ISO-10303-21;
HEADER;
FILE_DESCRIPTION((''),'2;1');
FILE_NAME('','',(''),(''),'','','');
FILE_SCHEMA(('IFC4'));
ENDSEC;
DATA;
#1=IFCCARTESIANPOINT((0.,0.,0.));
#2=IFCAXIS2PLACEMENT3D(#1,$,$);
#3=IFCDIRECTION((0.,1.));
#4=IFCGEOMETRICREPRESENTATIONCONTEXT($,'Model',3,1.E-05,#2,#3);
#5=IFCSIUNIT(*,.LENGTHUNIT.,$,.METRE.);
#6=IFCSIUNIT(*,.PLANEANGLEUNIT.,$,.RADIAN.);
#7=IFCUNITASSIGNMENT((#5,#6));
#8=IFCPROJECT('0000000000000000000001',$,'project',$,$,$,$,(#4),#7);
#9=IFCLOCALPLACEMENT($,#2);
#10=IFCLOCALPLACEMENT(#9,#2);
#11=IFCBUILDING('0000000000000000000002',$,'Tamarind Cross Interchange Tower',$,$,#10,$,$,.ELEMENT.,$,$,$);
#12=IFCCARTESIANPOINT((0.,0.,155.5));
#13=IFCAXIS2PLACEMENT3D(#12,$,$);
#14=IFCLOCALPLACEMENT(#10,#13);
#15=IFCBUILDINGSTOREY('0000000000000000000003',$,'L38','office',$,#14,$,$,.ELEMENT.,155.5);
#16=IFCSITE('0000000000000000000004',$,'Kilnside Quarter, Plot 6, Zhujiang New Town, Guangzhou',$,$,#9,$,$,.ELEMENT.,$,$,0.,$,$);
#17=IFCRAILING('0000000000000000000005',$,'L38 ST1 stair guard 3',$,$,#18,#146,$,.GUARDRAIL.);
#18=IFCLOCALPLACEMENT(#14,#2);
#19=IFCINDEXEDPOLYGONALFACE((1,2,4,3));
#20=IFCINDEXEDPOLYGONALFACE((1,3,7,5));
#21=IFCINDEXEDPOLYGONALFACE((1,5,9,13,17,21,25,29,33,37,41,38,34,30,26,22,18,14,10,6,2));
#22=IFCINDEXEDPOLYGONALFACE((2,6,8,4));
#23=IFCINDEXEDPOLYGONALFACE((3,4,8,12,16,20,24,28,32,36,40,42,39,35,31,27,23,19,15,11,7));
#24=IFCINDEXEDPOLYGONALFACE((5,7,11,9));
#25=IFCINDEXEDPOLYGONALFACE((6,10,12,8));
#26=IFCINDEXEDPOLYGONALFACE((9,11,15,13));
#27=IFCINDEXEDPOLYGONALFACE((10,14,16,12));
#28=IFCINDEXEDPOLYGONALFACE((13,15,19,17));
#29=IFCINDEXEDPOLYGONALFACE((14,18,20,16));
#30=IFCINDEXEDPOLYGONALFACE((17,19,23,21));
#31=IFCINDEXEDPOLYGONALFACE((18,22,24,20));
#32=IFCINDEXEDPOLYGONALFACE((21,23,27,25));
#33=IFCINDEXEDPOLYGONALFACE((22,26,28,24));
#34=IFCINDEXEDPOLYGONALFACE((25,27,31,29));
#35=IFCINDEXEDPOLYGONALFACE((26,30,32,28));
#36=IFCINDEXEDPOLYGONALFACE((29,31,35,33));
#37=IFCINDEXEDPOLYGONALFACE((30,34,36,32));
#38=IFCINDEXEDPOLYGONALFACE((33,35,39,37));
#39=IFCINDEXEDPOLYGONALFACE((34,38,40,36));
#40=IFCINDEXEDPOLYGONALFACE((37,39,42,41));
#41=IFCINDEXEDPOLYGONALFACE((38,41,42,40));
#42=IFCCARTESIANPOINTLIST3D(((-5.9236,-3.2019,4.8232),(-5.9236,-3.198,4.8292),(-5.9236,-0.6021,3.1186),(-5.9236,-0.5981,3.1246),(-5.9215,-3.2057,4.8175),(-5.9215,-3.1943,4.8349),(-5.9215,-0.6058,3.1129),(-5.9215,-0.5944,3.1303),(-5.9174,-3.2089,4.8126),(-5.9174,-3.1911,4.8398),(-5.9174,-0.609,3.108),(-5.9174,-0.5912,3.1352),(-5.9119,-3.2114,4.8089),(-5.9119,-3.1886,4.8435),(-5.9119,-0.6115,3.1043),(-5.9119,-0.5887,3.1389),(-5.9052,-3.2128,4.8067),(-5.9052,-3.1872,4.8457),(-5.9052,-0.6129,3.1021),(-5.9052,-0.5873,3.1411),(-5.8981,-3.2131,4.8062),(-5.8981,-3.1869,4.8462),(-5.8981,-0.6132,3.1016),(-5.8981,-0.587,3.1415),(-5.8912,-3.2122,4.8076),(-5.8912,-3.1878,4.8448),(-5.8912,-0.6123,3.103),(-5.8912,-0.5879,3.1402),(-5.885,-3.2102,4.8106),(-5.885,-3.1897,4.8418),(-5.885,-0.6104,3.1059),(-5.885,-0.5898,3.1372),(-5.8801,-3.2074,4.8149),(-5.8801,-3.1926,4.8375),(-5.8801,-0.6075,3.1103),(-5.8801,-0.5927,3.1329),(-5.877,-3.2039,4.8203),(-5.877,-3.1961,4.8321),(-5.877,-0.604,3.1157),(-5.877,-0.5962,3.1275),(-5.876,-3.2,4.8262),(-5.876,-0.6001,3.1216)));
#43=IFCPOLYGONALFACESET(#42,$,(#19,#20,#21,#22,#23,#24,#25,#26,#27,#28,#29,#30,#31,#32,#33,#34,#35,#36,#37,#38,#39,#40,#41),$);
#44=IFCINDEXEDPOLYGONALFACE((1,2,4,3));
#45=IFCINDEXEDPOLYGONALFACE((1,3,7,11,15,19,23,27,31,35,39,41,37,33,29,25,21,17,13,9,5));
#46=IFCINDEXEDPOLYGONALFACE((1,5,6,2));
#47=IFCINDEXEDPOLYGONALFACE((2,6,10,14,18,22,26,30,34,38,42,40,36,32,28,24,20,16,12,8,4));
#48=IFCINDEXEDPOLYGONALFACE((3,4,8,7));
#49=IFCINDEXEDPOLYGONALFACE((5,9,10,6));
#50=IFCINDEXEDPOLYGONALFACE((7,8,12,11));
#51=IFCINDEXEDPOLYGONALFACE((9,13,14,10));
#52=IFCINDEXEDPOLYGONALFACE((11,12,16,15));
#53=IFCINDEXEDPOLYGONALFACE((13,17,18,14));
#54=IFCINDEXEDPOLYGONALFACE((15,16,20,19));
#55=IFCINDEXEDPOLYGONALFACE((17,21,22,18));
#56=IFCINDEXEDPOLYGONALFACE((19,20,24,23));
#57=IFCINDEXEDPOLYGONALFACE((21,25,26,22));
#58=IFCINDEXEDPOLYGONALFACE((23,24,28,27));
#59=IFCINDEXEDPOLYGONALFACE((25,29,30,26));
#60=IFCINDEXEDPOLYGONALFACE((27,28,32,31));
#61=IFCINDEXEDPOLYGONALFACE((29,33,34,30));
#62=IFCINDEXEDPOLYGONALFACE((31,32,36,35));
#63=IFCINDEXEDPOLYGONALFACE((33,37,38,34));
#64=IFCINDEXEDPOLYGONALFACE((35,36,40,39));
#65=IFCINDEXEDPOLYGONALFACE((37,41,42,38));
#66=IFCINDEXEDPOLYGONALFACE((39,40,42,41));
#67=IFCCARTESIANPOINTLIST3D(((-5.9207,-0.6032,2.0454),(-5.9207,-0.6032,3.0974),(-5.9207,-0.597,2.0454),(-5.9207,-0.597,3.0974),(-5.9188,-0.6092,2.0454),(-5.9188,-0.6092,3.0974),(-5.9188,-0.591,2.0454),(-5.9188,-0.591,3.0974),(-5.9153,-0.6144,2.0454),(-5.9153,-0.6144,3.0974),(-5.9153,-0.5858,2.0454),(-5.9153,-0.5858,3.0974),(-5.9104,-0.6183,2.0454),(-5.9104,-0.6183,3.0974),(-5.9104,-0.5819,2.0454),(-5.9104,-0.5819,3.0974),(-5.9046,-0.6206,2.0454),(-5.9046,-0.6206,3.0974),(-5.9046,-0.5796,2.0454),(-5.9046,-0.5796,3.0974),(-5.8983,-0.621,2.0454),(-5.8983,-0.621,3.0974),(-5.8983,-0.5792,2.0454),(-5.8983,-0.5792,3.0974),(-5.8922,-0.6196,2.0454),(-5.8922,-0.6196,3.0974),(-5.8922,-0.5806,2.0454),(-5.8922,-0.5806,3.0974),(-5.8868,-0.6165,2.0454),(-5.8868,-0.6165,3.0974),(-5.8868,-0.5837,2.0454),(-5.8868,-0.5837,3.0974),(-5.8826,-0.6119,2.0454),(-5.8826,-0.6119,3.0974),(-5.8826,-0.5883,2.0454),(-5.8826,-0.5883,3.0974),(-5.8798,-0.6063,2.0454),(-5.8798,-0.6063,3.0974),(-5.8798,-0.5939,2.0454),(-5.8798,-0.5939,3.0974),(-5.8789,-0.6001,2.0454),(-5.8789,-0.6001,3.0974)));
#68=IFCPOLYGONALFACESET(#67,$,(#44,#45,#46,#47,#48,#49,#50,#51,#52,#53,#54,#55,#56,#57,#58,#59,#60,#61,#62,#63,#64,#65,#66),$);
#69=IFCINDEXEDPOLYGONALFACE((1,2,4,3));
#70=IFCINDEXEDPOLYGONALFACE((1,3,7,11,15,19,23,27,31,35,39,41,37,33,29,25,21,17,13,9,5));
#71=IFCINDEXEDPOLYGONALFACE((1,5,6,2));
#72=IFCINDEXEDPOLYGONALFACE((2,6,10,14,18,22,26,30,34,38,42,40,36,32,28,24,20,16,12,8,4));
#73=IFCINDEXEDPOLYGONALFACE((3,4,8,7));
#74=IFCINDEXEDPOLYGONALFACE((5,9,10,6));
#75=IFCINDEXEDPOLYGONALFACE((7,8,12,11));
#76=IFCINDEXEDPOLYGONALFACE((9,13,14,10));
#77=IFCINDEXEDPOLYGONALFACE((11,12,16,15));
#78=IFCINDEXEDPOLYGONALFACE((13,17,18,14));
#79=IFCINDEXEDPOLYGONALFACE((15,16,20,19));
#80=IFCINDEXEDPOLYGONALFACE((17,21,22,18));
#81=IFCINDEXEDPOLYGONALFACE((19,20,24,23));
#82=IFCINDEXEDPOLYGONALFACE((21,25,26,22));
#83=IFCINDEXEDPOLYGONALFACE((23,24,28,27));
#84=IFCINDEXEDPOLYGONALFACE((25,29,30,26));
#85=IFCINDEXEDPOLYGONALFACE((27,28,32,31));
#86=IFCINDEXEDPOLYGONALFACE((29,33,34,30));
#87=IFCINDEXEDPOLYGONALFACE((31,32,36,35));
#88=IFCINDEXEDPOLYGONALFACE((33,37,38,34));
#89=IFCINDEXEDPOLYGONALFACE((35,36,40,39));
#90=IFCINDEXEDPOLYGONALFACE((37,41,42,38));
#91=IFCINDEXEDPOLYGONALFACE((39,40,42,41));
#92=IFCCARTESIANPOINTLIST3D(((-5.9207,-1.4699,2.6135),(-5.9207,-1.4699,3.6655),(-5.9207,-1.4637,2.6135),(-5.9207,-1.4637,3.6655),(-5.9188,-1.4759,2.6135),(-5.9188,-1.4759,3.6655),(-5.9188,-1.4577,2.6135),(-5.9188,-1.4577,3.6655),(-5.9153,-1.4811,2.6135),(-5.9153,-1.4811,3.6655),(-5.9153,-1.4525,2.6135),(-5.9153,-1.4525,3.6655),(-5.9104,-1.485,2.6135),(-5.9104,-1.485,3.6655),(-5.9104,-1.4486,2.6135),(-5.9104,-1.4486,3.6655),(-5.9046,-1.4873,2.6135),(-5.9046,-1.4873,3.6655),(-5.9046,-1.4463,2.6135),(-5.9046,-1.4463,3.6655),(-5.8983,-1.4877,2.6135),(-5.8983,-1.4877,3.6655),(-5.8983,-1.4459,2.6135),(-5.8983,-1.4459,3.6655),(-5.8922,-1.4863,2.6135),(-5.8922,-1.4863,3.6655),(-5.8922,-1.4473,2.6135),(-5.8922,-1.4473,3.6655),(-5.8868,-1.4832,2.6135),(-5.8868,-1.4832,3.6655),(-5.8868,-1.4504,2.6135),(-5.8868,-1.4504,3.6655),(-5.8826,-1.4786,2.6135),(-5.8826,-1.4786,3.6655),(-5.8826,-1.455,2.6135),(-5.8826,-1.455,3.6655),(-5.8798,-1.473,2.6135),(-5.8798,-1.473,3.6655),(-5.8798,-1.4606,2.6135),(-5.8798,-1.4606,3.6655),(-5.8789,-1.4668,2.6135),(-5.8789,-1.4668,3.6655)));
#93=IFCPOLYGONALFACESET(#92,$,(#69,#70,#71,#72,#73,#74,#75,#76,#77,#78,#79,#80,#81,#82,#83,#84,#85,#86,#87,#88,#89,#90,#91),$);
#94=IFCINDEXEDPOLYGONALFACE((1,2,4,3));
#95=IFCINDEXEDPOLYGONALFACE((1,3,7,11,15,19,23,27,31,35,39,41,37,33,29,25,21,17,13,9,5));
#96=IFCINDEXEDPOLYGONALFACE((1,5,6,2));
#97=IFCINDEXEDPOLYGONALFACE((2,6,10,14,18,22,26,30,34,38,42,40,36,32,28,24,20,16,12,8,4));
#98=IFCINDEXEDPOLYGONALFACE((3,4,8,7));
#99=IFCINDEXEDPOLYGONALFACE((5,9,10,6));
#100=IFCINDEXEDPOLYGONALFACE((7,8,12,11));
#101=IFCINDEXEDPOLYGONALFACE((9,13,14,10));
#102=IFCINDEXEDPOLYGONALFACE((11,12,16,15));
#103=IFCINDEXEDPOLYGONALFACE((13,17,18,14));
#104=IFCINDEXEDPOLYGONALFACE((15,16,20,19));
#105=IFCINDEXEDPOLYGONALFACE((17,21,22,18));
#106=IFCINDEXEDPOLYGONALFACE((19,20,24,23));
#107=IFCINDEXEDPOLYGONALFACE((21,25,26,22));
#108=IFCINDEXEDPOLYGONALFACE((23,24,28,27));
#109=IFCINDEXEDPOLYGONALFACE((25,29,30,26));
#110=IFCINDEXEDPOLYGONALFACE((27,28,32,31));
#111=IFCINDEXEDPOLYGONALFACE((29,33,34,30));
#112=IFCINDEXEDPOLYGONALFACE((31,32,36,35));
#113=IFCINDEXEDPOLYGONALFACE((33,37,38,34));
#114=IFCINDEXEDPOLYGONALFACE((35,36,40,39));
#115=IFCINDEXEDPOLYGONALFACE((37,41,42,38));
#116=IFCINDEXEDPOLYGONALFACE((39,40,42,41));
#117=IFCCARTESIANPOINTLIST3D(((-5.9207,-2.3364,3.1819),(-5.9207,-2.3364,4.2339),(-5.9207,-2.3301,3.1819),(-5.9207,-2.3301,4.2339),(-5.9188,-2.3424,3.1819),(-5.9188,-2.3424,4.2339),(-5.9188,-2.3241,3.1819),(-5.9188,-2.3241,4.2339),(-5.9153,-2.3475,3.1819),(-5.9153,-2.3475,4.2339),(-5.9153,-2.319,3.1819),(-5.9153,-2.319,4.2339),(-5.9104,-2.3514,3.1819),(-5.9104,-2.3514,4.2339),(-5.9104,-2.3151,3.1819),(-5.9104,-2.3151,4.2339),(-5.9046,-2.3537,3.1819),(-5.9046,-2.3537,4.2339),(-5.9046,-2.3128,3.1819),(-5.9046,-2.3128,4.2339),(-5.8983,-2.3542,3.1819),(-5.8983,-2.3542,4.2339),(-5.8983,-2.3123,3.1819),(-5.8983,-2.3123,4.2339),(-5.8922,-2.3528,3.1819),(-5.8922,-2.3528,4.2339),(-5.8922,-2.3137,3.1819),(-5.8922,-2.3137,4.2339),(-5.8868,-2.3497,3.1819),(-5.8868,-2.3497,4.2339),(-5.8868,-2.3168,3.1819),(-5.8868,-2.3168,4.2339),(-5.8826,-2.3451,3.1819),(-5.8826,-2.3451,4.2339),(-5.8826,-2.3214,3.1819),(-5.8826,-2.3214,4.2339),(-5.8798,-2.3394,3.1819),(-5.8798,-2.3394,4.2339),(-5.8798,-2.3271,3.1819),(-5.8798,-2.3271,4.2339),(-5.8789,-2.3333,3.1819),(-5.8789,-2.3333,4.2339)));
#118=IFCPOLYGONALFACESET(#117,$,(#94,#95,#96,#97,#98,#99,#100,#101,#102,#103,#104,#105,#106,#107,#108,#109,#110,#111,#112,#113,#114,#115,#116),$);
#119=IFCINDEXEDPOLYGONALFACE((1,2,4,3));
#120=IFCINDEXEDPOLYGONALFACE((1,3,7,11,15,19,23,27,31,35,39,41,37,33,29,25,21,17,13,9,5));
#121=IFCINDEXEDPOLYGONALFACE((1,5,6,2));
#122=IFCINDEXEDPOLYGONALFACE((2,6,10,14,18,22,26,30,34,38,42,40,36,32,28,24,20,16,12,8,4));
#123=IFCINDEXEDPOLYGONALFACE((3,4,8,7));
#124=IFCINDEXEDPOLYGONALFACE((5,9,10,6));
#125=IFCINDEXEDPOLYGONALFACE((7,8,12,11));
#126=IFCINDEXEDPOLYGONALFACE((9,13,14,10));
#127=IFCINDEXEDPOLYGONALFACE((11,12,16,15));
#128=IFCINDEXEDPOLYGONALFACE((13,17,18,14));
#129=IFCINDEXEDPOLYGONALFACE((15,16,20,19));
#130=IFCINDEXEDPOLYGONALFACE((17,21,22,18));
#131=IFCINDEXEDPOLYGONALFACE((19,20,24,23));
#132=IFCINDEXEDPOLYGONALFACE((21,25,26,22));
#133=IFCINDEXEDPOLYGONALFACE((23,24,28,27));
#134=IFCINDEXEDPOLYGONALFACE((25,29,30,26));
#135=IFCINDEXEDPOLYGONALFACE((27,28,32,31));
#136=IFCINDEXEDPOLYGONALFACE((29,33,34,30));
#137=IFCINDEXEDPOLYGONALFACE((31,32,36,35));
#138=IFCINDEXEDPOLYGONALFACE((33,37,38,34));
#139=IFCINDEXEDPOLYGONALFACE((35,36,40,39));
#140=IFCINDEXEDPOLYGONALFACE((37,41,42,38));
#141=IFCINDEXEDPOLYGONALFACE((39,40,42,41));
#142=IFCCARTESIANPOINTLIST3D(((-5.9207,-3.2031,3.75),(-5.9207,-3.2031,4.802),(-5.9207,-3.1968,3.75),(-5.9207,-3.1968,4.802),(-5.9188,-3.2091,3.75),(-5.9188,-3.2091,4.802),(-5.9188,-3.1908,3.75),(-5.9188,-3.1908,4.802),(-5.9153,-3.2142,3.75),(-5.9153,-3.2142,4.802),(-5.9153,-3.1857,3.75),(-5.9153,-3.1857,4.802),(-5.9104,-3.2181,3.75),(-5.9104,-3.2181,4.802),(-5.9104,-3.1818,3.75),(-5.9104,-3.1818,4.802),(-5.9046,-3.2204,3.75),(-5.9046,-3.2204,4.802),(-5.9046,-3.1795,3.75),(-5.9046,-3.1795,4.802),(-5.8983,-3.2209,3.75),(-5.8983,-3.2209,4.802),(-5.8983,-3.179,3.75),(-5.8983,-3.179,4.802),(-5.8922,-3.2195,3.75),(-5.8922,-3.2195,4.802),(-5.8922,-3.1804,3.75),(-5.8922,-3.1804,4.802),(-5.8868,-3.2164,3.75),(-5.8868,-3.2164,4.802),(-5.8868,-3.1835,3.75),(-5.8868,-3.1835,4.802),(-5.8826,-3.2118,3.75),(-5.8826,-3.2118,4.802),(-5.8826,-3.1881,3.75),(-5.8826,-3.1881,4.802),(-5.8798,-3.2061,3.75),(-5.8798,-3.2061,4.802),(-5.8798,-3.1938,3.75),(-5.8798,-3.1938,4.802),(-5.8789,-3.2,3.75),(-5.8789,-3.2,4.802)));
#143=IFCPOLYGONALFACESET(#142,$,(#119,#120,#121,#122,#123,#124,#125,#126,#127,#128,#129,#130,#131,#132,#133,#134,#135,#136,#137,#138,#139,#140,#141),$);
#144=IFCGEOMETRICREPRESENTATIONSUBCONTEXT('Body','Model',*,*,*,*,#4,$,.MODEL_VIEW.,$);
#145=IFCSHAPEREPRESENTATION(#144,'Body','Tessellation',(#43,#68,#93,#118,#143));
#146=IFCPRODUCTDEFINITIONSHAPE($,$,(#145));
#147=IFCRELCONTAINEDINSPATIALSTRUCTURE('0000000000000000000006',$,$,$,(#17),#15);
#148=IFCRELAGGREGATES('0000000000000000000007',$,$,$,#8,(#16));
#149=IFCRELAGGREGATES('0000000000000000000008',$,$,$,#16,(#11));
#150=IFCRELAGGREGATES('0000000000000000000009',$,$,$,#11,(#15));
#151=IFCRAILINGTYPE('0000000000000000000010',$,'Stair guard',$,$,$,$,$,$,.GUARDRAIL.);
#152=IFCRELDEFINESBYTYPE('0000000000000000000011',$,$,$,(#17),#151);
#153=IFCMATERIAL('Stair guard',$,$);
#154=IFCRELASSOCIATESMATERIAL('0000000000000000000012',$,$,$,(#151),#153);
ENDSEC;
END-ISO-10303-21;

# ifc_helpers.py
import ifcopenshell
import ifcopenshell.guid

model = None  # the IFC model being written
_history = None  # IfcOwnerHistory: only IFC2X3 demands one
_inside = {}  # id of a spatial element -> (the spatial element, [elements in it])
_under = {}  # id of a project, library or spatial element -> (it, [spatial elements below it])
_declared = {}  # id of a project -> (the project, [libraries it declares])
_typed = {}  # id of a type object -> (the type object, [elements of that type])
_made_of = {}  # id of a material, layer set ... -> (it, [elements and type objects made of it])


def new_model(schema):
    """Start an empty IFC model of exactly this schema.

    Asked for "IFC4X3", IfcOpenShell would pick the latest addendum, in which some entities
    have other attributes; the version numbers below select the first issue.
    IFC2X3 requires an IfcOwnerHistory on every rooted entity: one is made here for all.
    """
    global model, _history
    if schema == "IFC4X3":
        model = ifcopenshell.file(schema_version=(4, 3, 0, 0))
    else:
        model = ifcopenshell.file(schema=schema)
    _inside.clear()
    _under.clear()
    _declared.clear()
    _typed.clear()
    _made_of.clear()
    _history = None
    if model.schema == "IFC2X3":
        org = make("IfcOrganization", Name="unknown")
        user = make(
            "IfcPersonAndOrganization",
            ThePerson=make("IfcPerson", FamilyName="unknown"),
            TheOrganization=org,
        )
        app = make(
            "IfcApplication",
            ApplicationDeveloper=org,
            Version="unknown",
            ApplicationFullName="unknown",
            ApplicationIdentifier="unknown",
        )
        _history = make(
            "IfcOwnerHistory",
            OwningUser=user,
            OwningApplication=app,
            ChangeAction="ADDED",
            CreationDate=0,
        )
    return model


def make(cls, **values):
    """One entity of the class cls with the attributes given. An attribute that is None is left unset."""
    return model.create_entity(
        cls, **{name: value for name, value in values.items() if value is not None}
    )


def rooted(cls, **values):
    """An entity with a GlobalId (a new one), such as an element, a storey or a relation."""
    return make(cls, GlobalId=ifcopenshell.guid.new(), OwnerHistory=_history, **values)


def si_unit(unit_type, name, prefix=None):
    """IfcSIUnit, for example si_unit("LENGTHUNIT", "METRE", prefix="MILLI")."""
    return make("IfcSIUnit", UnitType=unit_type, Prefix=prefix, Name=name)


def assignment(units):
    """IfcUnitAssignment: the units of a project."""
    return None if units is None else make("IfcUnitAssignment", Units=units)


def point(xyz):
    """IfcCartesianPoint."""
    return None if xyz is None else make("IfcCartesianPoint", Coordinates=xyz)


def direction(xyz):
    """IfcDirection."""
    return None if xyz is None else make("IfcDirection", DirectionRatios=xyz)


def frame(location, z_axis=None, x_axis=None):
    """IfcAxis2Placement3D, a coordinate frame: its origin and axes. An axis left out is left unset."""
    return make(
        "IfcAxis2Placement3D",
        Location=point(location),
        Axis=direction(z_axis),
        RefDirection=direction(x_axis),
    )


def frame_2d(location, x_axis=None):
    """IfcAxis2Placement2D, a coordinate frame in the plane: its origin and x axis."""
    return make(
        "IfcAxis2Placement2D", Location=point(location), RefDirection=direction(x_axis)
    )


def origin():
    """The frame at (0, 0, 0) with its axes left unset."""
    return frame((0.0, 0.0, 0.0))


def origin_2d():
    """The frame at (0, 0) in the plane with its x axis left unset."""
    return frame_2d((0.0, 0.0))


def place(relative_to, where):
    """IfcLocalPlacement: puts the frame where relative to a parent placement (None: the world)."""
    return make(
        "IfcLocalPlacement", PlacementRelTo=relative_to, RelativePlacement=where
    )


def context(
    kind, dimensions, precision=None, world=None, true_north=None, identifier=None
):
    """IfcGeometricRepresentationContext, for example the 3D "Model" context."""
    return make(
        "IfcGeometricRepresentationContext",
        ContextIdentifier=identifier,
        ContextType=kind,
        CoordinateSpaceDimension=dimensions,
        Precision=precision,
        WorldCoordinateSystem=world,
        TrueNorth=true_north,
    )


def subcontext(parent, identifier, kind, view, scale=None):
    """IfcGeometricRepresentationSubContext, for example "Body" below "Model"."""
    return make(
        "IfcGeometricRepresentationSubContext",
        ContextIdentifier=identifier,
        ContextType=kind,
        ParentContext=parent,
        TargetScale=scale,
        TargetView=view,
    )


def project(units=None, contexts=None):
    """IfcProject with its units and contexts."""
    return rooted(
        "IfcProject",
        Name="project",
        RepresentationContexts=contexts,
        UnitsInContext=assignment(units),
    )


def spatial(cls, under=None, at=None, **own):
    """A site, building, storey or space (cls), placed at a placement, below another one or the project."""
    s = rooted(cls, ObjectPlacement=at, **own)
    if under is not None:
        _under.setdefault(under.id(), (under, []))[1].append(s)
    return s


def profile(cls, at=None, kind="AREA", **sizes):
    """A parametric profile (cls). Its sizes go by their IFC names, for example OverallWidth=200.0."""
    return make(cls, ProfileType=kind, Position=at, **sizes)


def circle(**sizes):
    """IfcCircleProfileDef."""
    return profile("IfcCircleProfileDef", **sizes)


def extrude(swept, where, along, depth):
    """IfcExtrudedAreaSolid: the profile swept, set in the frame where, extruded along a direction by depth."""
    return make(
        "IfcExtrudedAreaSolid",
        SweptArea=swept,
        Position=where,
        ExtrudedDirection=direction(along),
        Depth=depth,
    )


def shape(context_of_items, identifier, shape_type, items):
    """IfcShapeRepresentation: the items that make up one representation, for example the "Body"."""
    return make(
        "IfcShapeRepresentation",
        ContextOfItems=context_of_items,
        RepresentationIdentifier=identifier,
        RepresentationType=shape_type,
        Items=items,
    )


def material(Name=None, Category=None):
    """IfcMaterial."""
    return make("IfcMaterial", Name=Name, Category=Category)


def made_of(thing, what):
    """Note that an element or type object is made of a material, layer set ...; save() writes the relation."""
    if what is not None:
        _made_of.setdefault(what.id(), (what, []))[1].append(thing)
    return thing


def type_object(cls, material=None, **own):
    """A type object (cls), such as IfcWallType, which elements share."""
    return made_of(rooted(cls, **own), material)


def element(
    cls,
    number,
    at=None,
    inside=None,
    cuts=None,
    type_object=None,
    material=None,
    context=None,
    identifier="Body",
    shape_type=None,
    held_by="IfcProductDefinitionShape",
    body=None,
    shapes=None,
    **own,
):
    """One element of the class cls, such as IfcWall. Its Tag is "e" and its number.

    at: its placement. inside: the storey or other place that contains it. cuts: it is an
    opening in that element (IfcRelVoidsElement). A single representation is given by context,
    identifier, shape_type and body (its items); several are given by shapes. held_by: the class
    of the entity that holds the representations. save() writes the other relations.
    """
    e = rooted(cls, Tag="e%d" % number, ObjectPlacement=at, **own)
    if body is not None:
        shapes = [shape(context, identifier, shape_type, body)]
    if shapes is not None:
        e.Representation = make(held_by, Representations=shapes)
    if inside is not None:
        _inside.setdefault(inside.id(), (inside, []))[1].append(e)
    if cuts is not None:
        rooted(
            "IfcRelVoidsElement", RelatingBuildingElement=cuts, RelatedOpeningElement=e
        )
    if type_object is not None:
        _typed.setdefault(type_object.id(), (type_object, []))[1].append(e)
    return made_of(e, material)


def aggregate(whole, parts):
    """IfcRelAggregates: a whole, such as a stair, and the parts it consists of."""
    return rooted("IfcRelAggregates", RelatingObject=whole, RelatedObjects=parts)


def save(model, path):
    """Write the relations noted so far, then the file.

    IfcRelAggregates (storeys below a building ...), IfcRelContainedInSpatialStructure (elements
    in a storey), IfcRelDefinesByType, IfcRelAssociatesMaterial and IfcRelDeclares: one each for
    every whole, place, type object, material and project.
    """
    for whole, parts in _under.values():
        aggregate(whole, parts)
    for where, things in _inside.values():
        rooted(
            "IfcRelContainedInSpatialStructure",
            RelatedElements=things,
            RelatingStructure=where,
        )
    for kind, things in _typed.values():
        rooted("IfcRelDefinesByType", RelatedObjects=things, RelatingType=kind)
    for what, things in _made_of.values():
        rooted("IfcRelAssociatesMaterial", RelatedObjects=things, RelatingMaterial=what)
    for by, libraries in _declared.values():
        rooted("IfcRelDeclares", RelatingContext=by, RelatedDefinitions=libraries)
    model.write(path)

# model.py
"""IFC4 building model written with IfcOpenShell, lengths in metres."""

from ifc_helpers import new_model, si_unit, direction, frame, origin, origin_2d, place, context, subcontext, project, spatial, circle, extrude, material, type_object, element, save


model = new_model("IFC4")

# Units and contexts
model_context = context("Model", 3, precision=1e-05, world=origin(), true_north=direction((0.0, 1.0)))
body_context = subcontext(model_context, "Body", "Model", "MODEL_VIEW")
ifc_project = project(units=[si_unit("LENGTHUNIT", "METRE"), si_unit("PLANEANGLEUNIT", "RADIAN")], contexts=[model_context])

# Site, building, storey
site_placement = place(None, origin())
site = spatial("IfcSite", under=ifc_project, at=site_placement, Name="Kilnside Quarter, Plot 6, Zhujiang New Town, Guangzhou", CompositionType="ELEMENT", RefElevation=0.0)
building_placement = place(site_placement, origin())
building = spatial("IfcBuilding", under=site, at=building_placement, Name="Tamarind Cross Interchange Tower", CompositionType="ELEMENT")
storey_placement = place(building_placement, frame((0.0, 0.0, 155.5)))
storey = spatial("IfcBuildingStorey", under=building, at=storey_placement, Name="L38", Description="office", CompositionType="ELEMENT", Elevation=155.5)

# Railing
ifc_material_1 = material(Name="Stair guard")
railing_type_1 = type_object("IfcRailingType", Name="Stair guard", PredefinedType="GUARDRAIL", material=ifc_material_1)
railing_1_placement = place(storey_placement, frame((-5.8999, -0.6001, 2.0454)))
element("IfcRailing", 1, at=railing_1_placement, inside=storey, type_object=railing_type_1, Name="L38 ST1 stair guard 3", PredefinedType="GUARDRAIL", context=body_context, shape_type="SweptSolid", body=[
    extrude(circle(Radius=0.0239, at=origin_2d()), frame((0.0, 0.0, 1.0762), z_axis=(0.0, -0.836279, 0.548305), x_axis=(1.0, 0.0, 0.0)), (0.0, 0.0, 1.0), 3.1089),
    extrude(circle(Radius=0.021, at=origin_2d()), origin(), (0.0, 0.0, 1.0), 1.052),
    extrude(circle(Radius=0.021, at=origin_2d()), frame((0.0, -0.8667, 0.5681)), (0.0, 0.0, 1.0), 1.052),
    extrude(circle(Radius=0.021, at=origin_2d()), frame((0.0, -1.7332, 1.1365)), (0.0, 0.0, 1.0), 1.052),
    extrude(circle(Radius=0.021, at=origin_2d()), frame((0.0, -2.5999, 1.7046)), (0.0, 0.0, 1.0), 1.052),
])

save(model, "model.ifc")
